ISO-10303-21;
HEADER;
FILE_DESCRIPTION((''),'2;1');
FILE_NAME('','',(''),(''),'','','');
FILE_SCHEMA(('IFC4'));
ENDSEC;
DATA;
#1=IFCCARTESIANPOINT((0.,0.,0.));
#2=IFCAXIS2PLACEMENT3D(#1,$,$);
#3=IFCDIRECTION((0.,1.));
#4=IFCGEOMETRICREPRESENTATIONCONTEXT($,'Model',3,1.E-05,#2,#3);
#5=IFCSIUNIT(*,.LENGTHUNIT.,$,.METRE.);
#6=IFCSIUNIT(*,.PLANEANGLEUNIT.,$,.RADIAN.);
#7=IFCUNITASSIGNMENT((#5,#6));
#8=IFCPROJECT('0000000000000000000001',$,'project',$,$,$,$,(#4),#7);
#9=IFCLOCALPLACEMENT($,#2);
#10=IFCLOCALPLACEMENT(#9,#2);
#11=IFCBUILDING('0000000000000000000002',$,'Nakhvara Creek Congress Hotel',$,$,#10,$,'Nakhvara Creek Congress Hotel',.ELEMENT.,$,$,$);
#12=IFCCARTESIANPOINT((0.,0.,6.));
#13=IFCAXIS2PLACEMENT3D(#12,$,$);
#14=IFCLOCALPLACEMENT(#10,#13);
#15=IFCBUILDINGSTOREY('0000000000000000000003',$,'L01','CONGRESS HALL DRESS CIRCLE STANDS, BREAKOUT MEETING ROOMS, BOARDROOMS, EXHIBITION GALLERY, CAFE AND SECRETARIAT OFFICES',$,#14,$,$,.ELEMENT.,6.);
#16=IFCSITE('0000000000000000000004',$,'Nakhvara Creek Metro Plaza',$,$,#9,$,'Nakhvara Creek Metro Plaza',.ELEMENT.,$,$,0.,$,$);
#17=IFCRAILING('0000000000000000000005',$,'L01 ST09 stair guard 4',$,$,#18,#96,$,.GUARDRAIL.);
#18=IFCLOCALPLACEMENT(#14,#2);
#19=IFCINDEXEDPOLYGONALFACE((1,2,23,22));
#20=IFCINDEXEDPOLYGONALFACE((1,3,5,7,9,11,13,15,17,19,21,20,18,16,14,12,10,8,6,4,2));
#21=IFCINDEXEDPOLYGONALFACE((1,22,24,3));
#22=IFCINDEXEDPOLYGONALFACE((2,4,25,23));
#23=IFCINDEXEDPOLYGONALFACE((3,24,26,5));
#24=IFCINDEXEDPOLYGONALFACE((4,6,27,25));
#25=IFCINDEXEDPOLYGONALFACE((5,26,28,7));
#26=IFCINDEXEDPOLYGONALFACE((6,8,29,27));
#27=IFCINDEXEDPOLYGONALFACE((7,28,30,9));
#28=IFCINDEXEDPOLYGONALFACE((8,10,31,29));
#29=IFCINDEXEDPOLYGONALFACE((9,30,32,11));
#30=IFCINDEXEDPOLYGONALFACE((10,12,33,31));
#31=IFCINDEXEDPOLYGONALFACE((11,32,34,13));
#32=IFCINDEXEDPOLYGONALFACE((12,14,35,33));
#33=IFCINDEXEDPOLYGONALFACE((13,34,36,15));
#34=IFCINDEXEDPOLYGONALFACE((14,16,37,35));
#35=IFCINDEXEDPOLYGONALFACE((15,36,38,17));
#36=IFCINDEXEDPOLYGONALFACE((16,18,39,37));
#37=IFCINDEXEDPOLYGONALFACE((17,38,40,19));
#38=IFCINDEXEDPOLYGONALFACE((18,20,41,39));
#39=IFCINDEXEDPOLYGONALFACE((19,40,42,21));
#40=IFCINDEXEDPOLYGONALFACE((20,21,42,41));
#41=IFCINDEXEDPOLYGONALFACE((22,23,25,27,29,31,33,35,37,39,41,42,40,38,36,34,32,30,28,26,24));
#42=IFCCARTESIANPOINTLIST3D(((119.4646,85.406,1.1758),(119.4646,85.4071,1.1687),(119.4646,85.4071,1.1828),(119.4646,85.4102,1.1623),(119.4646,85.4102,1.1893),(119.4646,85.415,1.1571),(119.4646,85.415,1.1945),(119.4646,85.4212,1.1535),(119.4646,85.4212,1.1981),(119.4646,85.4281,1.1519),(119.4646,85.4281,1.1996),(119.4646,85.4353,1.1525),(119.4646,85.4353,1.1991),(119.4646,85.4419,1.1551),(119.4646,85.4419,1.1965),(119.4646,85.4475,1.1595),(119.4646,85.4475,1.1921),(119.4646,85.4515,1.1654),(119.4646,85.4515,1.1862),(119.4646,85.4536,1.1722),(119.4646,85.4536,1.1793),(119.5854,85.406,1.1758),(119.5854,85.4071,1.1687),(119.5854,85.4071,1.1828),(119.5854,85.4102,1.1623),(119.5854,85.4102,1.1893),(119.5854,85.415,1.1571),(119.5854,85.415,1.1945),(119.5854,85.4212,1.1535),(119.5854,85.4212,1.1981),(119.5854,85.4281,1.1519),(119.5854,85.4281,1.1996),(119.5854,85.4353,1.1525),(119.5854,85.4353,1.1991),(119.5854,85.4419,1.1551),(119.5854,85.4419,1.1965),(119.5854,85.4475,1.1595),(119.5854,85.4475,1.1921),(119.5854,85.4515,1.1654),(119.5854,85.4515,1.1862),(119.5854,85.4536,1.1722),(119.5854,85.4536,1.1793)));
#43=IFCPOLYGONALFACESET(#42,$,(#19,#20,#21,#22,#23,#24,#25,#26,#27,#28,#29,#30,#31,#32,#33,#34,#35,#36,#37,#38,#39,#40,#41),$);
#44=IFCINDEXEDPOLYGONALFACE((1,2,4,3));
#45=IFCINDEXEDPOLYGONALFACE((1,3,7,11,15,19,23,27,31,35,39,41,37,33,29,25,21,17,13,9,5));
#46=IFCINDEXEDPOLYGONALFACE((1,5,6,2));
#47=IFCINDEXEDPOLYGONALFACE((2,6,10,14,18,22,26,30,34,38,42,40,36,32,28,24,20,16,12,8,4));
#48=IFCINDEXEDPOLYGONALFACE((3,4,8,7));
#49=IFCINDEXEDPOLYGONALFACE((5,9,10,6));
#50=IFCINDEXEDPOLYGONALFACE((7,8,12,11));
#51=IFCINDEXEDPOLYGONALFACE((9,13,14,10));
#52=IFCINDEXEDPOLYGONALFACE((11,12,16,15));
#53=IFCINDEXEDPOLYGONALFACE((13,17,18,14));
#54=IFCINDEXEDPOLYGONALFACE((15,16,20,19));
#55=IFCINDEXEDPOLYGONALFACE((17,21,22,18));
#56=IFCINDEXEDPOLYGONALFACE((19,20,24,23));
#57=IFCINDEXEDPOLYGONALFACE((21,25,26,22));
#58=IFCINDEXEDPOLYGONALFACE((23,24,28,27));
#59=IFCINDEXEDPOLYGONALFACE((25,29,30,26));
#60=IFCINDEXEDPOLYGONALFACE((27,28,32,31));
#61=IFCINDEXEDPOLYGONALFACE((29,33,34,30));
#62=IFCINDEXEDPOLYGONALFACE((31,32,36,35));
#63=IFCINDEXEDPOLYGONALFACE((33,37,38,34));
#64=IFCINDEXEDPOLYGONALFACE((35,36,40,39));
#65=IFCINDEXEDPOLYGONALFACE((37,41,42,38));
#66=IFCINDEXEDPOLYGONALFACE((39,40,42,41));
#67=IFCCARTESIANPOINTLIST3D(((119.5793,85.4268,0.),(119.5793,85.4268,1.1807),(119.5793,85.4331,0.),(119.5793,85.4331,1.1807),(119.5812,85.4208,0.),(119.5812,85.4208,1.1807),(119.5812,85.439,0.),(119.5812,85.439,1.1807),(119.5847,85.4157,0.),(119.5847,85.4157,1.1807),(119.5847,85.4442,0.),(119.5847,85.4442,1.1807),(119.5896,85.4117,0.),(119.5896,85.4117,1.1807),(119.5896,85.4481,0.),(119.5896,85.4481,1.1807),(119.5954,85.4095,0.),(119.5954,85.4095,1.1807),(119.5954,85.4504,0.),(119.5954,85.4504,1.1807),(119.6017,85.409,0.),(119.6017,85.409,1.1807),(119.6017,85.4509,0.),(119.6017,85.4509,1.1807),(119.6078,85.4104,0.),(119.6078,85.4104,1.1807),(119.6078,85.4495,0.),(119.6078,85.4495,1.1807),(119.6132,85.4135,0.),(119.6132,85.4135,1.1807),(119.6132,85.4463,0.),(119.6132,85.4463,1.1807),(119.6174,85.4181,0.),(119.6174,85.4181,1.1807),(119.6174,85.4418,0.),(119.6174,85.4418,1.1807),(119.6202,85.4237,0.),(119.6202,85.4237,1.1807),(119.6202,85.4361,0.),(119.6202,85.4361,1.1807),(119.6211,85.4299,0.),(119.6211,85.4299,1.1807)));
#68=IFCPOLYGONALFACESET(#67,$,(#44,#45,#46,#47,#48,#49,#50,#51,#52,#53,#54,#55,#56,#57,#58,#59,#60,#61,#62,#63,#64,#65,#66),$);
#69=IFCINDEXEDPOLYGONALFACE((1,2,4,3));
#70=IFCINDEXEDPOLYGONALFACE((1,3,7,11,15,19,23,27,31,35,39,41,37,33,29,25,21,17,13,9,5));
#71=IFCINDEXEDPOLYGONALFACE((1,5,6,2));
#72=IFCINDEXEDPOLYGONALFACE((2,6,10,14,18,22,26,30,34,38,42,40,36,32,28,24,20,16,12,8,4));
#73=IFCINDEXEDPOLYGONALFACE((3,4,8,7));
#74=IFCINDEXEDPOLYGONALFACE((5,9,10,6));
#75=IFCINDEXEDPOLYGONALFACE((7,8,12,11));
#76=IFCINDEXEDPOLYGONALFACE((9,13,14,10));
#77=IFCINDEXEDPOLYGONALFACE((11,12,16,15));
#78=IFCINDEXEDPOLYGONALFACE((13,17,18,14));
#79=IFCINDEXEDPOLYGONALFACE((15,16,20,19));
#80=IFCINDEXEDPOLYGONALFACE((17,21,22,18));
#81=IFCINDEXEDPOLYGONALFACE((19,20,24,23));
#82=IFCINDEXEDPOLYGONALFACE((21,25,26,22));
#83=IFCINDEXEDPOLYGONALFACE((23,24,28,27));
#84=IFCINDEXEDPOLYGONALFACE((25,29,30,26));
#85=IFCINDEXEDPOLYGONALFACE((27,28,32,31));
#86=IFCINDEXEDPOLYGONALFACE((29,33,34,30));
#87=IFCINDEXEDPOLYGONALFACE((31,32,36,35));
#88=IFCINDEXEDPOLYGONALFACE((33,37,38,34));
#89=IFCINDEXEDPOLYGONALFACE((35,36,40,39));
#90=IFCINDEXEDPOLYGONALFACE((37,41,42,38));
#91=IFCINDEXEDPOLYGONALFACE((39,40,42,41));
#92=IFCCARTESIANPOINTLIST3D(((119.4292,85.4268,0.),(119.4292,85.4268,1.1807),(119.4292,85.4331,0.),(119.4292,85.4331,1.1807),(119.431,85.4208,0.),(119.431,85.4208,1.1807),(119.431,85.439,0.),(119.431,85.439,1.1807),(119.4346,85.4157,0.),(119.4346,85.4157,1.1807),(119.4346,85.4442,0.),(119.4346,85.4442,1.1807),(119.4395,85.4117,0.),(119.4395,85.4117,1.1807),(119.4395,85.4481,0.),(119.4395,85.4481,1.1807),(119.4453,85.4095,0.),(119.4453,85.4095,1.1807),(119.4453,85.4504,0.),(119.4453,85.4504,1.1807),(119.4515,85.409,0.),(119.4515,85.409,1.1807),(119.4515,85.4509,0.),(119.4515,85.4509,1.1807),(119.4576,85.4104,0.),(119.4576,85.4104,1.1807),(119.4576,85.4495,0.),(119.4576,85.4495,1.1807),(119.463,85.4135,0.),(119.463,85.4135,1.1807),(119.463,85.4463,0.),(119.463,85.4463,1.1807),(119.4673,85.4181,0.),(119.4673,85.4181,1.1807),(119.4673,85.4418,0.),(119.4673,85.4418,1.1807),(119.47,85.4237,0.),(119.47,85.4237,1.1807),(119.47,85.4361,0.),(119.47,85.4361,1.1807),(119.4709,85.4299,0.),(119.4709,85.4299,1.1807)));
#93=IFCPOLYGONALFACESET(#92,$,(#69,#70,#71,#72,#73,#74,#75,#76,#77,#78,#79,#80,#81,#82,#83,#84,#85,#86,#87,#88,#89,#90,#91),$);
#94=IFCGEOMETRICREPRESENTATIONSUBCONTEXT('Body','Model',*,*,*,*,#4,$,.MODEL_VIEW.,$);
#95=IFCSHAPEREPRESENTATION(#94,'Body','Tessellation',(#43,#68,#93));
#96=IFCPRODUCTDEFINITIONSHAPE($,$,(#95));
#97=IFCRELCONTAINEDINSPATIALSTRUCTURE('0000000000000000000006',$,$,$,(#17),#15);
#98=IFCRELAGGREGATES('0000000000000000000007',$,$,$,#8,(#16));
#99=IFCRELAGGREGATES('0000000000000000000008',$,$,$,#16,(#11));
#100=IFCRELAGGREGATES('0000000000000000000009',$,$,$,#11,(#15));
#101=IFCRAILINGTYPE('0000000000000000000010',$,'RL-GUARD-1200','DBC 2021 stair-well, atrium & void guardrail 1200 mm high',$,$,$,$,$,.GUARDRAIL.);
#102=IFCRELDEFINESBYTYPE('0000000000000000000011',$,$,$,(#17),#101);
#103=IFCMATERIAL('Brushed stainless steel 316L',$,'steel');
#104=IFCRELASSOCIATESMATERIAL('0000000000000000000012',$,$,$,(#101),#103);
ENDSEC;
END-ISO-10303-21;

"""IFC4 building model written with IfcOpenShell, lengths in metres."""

from ifc_helpers import new_model, si_unit, direction, frame, origin, origin_2d, place, context, subcontext, project, spatial, circle, extrude, material, type_object, element, save


model = new_model("IFC4")

# Units and contexts
model_context = context("Model", 3, precision=1e-05, world=origin(), true_north=direction((0.0, 1.0)))
body_context = subcontext(model_context, "Body", "Model", "MODEL_VIEW")
ifc_project = project(units=[si_unit("LENGTHUNIT", "METRE"), si_unit("PLANEANGLEUNIT", "RADIAN")], contexts=[model_context])

# Site, building, storey
site_placement = place(None, origin())
site = spatial("IfcSite", under=ifc_project, at=site_placement, Name="Nakhvara Creek Metro Plaza", LongName="Nakhvara Creek Metro Plaza", CompositionType="ELEMENT", RefElevation=0.0)
building_placement = place(site_placement, origin())
building = spatial("IfcBuilding", under=site, at=building_placement, Name="Nakhvara Creek Congress Hotel", LongName="Nakhvara Creek Congress Hotel", CompositionType="ELEMENT")
storey_placement = place(building_placement, frame((0.0, 0.0, 6.0)))
storey = spatial("IfcBuildingStorey", under=building, at=storey_placement, Name="L01", Description="CONGRESS HALL DRESS CIRCLE STANDS, BREAKOUT MEETING ROOMS, BOARDROOMS, EXHIBITION GALLERY, CAFE AND SECRETARIAT OFFICES", CompositionType="ELEMENT", Elevation=6.0)

# Railing
ifc_material_1 = material(Name="Brushed stainless steel 316L", Category="steel")
railing_type_1 = type_object("IfcRailingType", Name="RL-GUARD-1200", Description="DBC 2021 stair-well, atrium & void guardrail 1200 mm high", PredefinedType="GUARDRAIL", material=ifc_material_1)
railing_1_placement = place(storey_placement, frame((119.6001, 85.4299, 0.0)))
element("IfcRailing", 1, at=railing_1_placement, inside=storey, type_object=railing_type_1, Name="L01 ST09 stair guard 4", PredefinedType="GUARDRAIL", context=body_context, shape_type="SweptSolid", body=[
    extrude(circle(Radius=0.0239, at=origin_2d()), frame((-0.0146, 0.0, 1.1758), z_axis=(-1.0, 0.0, 0.0), x_axis=(0.0, -1.0, 0.0)), (0.0, 0.0, 1.0), 0.1208),
    extrude(circle(Radius=0.021, at=origin_2d()), origin(), (0.0, 0.0, 1.0), 1.1807),
    extrude(circle(Radius=0.021, at=origin_2d()), frame((-0.1501, 0.0, 0.0)), (0.0, 0.0, 1.0), 1.1807),
])

save(model, "model.ifc")
